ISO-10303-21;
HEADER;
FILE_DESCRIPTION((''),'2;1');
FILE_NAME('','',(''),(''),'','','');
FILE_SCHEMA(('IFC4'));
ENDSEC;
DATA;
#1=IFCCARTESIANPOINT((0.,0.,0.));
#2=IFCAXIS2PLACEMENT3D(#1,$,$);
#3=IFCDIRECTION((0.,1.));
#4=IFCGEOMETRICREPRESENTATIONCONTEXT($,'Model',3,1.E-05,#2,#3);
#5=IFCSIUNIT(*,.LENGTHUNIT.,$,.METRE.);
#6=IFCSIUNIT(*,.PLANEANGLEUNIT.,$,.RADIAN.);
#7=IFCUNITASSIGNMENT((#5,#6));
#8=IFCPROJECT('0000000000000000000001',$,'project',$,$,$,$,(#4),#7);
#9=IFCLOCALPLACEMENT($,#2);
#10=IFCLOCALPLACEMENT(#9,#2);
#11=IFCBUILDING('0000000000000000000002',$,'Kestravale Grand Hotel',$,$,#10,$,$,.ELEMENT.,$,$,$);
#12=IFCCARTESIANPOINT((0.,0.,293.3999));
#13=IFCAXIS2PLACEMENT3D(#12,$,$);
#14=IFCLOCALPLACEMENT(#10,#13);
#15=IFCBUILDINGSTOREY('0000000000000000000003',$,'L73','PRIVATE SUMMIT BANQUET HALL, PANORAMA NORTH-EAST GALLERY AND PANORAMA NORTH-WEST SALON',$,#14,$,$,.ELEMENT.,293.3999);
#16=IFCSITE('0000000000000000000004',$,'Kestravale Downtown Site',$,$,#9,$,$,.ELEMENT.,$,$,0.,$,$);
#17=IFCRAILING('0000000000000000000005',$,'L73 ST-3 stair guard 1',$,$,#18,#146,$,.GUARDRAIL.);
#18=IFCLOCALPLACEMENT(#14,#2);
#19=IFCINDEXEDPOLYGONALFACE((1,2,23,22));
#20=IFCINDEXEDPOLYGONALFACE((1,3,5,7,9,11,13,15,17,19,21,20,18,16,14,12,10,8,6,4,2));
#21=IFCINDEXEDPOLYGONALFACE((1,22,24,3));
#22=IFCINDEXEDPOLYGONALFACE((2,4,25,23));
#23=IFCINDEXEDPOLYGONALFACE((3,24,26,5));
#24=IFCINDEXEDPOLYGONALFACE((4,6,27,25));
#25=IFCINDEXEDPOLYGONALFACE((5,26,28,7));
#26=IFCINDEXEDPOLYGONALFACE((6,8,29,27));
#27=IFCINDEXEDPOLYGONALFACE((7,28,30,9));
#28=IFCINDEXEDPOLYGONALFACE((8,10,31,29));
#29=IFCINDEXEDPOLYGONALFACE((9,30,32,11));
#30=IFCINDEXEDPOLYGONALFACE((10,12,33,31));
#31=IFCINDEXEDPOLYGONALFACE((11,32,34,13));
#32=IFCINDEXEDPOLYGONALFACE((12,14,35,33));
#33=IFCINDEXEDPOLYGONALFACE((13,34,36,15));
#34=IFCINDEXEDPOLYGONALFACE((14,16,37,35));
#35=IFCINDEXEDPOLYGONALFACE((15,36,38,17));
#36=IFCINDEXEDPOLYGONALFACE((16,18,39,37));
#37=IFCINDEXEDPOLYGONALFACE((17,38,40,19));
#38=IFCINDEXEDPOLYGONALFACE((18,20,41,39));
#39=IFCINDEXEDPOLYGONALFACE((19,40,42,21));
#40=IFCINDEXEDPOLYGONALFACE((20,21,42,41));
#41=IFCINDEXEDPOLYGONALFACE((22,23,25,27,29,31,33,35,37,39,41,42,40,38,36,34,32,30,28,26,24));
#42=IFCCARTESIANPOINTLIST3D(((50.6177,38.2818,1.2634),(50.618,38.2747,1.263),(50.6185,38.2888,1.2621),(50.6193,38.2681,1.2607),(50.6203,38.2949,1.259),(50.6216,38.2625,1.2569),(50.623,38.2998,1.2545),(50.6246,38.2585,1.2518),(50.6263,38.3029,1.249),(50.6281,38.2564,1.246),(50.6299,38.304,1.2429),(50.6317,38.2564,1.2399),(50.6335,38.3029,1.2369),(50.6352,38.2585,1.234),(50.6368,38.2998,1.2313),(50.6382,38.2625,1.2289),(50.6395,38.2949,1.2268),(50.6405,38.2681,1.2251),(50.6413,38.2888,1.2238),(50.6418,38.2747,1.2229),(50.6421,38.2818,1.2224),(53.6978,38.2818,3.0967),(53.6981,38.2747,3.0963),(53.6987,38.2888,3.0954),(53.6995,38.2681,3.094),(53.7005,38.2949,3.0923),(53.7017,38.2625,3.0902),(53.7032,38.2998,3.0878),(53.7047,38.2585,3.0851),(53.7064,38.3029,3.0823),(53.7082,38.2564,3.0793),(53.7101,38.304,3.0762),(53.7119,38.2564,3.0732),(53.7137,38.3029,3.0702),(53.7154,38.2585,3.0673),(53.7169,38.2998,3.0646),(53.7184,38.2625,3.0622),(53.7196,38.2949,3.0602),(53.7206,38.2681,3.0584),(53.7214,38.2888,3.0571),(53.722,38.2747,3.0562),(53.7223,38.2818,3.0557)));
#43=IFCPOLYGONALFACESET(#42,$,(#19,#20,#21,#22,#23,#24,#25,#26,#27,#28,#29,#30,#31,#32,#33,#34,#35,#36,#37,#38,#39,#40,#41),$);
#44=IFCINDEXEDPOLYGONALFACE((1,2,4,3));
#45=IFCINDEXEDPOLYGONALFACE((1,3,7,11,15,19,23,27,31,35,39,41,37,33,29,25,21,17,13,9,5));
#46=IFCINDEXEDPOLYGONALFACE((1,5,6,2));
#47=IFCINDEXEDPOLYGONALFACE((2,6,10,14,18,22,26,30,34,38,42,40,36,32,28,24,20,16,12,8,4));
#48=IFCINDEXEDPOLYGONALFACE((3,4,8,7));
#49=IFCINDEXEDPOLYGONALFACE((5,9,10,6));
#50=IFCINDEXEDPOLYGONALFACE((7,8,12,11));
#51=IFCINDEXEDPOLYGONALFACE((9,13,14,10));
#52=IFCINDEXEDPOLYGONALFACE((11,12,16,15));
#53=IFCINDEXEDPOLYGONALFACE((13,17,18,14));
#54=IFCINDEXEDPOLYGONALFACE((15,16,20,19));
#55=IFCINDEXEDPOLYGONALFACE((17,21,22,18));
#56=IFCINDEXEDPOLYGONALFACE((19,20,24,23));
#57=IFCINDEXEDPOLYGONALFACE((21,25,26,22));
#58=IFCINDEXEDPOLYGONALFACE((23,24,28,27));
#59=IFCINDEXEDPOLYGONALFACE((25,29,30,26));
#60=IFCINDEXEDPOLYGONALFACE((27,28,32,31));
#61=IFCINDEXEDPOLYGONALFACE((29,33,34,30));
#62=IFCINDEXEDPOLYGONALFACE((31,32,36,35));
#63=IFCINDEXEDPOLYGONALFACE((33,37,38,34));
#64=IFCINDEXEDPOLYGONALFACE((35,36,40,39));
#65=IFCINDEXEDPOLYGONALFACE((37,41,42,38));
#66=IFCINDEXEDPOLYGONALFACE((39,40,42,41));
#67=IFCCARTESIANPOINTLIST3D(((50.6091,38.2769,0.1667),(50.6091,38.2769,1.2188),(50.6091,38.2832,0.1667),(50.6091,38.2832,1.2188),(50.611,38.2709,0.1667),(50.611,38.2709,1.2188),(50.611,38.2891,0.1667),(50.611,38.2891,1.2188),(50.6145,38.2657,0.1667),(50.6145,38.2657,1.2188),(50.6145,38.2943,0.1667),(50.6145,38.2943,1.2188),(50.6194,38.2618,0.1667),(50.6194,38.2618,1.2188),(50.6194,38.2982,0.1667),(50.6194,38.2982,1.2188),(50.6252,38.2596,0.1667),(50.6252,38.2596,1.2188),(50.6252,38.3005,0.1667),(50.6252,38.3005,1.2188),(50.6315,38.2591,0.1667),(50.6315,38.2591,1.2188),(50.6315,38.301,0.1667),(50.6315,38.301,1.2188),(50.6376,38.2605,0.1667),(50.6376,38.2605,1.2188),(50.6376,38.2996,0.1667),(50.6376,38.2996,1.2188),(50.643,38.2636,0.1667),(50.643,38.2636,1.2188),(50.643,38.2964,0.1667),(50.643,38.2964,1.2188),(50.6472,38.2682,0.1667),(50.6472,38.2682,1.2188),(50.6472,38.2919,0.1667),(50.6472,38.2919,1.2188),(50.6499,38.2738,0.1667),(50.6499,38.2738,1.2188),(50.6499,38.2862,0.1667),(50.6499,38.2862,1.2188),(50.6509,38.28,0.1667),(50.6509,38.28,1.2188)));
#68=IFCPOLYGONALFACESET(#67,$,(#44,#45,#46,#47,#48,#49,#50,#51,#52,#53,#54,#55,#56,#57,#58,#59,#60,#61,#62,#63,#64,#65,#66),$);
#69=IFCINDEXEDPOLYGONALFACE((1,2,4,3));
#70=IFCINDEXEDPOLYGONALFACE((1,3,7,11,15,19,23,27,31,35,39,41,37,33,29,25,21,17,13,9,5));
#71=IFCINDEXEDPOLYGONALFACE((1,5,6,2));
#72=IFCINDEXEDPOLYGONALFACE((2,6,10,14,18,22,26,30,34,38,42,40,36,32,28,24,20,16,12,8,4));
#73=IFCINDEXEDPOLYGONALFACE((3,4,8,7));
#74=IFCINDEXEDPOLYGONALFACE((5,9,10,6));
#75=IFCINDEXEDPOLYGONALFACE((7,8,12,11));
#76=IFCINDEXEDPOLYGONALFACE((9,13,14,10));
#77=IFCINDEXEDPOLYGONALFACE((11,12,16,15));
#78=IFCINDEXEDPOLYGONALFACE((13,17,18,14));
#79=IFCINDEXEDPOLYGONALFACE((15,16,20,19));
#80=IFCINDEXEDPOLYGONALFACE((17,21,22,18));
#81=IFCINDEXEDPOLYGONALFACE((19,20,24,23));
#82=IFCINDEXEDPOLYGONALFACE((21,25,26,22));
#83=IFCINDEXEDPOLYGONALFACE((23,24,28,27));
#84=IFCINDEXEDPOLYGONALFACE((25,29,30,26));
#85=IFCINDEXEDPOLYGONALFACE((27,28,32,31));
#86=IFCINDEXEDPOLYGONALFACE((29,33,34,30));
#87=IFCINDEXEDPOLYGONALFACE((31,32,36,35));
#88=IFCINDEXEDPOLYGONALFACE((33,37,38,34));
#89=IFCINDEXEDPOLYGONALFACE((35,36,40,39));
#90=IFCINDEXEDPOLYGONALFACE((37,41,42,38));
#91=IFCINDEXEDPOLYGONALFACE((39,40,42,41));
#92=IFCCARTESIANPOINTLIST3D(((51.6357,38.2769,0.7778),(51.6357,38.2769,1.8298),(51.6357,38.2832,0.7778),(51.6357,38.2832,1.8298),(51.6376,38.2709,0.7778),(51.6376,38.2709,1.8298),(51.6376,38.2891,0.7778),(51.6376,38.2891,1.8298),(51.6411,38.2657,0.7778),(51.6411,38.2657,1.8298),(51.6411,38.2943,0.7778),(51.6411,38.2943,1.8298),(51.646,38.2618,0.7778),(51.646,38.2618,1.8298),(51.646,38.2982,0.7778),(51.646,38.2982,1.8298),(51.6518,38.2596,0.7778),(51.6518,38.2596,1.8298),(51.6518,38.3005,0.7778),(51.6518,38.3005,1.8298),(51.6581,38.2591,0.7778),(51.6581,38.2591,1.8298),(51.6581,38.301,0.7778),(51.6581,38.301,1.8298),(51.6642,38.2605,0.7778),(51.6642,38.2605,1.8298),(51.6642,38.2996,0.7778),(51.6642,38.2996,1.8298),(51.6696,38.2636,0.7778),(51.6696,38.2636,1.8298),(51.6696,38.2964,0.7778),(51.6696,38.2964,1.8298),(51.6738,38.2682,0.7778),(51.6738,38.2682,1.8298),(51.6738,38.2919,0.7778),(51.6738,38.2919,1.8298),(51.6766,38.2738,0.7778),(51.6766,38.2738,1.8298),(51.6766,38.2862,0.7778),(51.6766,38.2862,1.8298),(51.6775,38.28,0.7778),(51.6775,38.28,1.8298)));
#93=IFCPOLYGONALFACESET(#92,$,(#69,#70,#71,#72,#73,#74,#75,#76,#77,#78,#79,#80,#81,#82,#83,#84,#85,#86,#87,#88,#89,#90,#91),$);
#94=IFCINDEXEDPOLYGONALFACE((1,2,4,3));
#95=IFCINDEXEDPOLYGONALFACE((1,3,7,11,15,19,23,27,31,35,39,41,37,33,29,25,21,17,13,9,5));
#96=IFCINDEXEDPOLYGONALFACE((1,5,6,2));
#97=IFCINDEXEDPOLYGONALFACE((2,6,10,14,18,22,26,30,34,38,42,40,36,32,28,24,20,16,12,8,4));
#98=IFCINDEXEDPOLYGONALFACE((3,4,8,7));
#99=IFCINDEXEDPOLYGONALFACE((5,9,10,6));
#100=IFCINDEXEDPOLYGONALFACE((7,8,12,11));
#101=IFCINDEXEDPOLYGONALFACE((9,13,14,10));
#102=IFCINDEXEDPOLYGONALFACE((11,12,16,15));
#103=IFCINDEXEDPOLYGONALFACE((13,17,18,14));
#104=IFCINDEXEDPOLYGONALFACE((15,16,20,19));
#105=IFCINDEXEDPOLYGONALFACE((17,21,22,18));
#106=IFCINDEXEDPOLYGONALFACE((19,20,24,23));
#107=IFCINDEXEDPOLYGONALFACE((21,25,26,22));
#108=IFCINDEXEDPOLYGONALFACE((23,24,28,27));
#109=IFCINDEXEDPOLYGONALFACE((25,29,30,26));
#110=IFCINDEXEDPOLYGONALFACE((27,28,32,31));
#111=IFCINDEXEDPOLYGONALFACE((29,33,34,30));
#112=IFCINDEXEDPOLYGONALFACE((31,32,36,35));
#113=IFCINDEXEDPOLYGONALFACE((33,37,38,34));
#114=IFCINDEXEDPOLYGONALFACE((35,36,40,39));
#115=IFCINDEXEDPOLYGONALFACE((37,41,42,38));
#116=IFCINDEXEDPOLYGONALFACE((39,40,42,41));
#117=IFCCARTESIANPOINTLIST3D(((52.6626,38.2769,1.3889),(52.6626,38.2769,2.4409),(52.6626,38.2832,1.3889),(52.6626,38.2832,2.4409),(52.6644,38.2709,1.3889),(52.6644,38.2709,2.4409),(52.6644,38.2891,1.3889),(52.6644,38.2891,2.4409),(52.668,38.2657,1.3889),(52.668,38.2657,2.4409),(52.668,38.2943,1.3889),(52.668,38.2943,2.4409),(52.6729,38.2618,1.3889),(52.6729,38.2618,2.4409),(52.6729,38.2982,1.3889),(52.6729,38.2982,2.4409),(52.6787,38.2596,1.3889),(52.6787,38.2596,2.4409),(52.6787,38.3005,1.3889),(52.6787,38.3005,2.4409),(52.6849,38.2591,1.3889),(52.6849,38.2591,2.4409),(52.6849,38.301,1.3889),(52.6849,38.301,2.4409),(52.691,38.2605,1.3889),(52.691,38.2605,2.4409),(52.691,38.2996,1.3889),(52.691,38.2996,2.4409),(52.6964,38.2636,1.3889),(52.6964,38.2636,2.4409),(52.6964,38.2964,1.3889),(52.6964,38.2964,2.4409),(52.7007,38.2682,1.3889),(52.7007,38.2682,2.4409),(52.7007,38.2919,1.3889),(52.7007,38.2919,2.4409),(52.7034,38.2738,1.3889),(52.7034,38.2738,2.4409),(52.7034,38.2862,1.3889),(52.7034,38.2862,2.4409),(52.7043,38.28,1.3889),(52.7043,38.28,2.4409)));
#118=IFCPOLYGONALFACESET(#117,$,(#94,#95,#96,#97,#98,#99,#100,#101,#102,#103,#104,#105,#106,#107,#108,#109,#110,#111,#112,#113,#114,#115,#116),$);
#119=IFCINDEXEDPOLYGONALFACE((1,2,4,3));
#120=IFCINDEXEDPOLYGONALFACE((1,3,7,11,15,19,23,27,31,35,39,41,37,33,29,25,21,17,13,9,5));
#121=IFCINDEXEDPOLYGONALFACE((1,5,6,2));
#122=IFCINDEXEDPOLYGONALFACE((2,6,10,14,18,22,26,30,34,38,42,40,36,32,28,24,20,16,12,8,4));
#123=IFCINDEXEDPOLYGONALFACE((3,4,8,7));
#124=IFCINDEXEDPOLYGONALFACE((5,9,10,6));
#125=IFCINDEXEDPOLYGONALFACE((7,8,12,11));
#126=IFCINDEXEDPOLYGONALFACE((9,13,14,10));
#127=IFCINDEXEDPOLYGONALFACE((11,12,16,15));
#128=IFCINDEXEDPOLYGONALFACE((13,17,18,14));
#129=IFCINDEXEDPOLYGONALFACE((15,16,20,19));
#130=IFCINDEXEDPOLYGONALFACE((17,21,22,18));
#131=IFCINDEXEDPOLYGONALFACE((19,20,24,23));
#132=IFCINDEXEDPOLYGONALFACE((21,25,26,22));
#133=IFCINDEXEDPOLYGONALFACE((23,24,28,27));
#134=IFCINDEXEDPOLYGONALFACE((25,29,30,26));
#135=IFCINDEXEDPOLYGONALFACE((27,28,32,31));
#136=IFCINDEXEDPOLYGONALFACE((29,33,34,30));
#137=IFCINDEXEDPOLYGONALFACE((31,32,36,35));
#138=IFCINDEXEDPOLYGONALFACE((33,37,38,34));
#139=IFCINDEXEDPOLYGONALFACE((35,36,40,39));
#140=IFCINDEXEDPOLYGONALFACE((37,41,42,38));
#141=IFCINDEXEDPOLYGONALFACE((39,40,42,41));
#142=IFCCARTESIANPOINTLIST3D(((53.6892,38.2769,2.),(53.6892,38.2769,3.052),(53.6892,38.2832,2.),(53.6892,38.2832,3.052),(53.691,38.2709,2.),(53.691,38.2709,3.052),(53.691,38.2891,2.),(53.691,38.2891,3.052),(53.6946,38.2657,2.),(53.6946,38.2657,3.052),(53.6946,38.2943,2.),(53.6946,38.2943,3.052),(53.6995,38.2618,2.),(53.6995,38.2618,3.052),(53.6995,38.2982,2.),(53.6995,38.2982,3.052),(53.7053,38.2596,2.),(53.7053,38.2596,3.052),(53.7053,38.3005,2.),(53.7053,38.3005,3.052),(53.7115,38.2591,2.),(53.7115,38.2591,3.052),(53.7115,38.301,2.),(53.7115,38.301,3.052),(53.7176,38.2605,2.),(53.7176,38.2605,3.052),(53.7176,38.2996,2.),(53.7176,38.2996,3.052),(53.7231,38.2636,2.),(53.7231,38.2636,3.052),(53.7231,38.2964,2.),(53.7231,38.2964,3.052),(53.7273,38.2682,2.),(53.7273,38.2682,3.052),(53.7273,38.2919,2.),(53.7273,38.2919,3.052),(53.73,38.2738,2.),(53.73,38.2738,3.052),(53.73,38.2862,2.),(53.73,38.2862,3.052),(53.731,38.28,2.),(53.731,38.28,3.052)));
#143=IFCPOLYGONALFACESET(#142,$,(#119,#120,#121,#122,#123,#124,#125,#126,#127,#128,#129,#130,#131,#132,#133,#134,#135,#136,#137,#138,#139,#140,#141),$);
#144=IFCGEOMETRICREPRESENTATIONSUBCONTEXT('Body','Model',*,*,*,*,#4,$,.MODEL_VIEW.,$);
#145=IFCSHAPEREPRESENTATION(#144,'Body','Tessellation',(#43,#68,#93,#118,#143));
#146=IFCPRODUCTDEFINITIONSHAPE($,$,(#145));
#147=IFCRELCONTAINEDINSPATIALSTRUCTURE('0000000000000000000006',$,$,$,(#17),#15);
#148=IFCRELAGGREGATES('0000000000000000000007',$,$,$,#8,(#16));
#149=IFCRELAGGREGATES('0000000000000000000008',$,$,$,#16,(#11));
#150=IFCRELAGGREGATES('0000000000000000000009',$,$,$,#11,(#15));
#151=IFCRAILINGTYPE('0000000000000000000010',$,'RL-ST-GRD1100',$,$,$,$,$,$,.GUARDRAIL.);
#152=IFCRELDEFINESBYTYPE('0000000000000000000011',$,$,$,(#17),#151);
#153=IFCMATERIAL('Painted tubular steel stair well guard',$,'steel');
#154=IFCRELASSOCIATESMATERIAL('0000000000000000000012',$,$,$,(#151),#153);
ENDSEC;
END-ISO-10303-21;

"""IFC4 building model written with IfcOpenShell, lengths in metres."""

from ifc_helpers import new_model, si_unit, direction, frame, origin, origin_2d, place, context, subcontext, project, spatial, circle, extrude, material, type_object, element, save


model = new_model("IFC4")

# Units and contexts
model_context = context("Model", 3, precision=1e-05, world=origin(), true_north=direction((0.0, 1.0)))
body_context = subcontext(model_context, "Body", "Model", "MODEL_VIEW")
ifc_project = project(units=[si_unit("LENGTHUNIT", "METRE"), si_unit("PLANEANGLEUNIT", "RADIAN")], contexts=[model_context])

# Site, building, storey
site_placement = place(None, origin())
site = spatial("IfcSite", under=ifc_project, at=site_placement, Name="Kestravale Downtown Site", CompositionType="ELEMENT", RefElevation=0.0)
building_placement = place(site_placement, origin())
building = spatial("IfcBuilding", under=site, at=building_placement, Name="Kestravale Grand Hotel", CompositionType="ELEMENT")
storey_placement = place(building_placement, frame((0.0, 0.0, 293.3999)))
storey = spatial("IfcBuildingStorey", under=building, at=storey_placement, Name="L73", Description="PRIVATE SUMMIT BANQUET HALL, PANORAMA NORTH-EAST GALLERY AND PANORAMA NORTH-WEST SALON", CompositionType="ELEMENT", Elevation=293.3999)

# Railing
ifc_material_1 = material(Name="Painted tubular steel stair well guard", Category="steel")
railing_type_1 = type_object("IfcRailingType", Name="RL-ST-GRD1100", PredefinedType="GUARDRAIL", material=ifc_material_1)
railing_1_placement = place(storey_placement, frame((50.6299, 38.28, 0.1667)))
element("IfcRailing", 1, at=railing_1_placement, inside=storey, type_object=railing_type_1, Name="L73 ST-3 stair guard 1", PredefinedType="GUARDRAIL", context=body_context, shape_type="SweptSolid", body=[
    extrude(circle(Radius=0.0239, at=origin_2d()), frame((0.0, 0.0, 1.0762), z_axis=(0.859309, 0.0, 0.511458), x_axis=(0.0, 1.0, 0.0)), (0.0, 0.0, 1.0), 3.5845),
    extrude(circle(Radius=0.021, at=origin_2d()), origin(), (0.0, 0.0, 1.0), 1.052),
    extrude(circle(Radius=0.021, at=origin_2d()), frame((1.0266, 0.0, 0.6111)), (0.0, 0.0, 1.0), 1.052),
    extrude(circle(Radius=0.021, at=origin_2d()), frame((2.0535, 0.0, 1.2222)), (0.0, 0.0, 1.0), 1.052),
    extrude(circle(Radius=0.021, at=origin_2d()), frame((3.0801, 0.0, 1.8333)), (0.0, 0.0, 1.0), 1.052),
])

save(model, "model.ifc")
